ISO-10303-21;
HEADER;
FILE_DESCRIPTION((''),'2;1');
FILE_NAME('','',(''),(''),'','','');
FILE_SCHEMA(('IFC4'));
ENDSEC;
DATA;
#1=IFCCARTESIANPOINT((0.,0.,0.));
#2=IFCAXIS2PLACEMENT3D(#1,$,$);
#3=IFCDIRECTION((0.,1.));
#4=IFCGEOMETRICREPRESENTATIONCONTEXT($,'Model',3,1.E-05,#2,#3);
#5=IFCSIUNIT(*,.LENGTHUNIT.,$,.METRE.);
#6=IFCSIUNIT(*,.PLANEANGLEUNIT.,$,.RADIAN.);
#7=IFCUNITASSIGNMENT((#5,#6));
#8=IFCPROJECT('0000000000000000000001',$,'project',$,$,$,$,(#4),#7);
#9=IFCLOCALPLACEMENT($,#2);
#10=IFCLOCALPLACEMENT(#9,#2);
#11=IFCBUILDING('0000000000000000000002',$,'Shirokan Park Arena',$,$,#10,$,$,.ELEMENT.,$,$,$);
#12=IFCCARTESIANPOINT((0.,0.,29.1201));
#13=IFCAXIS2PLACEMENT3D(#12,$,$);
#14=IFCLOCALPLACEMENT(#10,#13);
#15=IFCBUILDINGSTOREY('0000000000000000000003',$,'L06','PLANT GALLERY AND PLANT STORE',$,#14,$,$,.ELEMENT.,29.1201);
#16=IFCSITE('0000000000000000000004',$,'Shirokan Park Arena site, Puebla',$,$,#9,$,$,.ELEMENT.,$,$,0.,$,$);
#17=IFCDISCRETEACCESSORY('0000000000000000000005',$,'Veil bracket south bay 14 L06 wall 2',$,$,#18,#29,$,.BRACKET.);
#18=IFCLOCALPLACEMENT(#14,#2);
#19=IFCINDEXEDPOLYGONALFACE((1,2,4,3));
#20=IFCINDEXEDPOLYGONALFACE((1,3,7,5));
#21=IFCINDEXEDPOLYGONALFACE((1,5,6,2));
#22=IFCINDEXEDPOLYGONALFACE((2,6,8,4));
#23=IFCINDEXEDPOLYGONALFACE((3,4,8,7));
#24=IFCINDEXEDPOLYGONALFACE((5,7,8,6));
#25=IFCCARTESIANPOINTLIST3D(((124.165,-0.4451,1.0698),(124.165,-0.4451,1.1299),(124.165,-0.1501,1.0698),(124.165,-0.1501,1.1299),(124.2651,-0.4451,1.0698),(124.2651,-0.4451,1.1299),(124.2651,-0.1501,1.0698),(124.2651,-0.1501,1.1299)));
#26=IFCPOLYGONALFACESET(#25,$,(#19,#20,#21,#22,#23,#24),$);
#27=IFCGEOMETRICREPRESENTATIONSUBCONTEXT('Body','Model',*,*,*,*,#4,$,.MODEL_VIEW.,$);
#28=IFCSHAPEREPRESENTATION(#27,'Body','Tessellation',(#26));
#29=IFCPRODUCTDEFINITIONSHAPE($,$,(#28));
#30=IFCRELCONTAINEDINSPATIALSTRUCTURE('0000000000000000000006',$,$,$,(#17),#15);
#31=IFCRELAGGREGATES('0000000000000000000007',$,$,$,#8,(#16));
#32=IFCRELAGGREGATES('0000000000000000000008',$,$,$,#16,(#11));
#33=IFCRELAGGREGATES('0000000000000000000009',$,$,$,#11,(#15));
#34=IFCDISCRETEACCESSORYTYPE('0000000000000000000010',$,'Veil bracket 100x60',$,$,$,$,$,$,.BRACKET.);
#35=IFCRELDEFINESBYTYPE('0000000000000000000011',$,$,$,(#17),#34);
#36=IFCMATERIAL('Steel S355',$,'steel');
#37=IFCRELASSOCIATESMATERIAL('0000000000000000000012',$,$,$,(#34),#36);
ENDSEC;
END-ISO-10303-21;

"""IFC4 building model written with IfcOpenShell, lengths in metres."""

from ifc_helpers import new_model, si_unit, direction, frame, origin, origin_2d, place, context, subcontext, project, spatial, rectangle, extrude, material, type_object, element, save


model = new_model("IFC4")

# Units and contexts
model_context = context("Model", 3, precision=1e-05, world=origin(), true_north=direction((0.0, 1.0)))
body_context = subcontext(model_context, "Body", "Model", "MODEL_VIEW")
ifc_project = project(units=[si_unit("LENGTHUNIT", "METRE"), si_unit("PLANEANGLEUNIT", "RADIAN")], contexts=[model_context])

# Site, building, storey
site_placement = place(None, origin())
site = spatial("IfcSite", under=ifc_project, at=site_placement, Name="Shirokan Park Arena site, Puebla", CompositionType="ELEMENT", RefElevation=0.0)
building_placement = place(site_placement, origin())
building = spatial("IfcBuilding", under=site, at=building_placement, Name="Shirokan Park Arena", CompositionType="ELEMENT")
storey_placement = place(building_placement, frame((0.0, 0.0, 29.1201)))
storey = spatial("IfcBuildingStorey", under=building, at=storey_placement, Name="L06", Description="PLANT GALLERY AND PLANT STORE", CompositionType="ELEMENT", Elevation=29.1201)

# Discrete accessory
ifc_material_1 = material(Name="Steel S355", Category="steel")
discrete_accessory_type = type_object("IfcDiscreteAccessoryType", Name="Veil bracket 100x60", PredefinedType="BRACKET", material=ifc_material_1)
for number, where, z_axis, x_axis, name in (
    (1, (124.2151, -0.2976, 1.0698), (0.0, 0.0, 1.0), (1.0, 0.0, 0.0), "Veil bracket south bay 14 L06 wall 2"),
):
    element("IfcDiscreteAccessory", number, at=place(storey_placement, frame(where, z_axis=z_axis, x_axis=x_axis)), inside=storey, type_object=discrete_accessory_type, Name=name, PredefinedType="BRACKET", context=body_context, shape_type="SweptSolid", body=[
        extrude(rectangle(XDim=0.1001, YDim=0.2949, at=origin_2d()), origin(), (0.0, 0.0, 1.0), 0.0601),
    ])

save(model, "model.ifc")
